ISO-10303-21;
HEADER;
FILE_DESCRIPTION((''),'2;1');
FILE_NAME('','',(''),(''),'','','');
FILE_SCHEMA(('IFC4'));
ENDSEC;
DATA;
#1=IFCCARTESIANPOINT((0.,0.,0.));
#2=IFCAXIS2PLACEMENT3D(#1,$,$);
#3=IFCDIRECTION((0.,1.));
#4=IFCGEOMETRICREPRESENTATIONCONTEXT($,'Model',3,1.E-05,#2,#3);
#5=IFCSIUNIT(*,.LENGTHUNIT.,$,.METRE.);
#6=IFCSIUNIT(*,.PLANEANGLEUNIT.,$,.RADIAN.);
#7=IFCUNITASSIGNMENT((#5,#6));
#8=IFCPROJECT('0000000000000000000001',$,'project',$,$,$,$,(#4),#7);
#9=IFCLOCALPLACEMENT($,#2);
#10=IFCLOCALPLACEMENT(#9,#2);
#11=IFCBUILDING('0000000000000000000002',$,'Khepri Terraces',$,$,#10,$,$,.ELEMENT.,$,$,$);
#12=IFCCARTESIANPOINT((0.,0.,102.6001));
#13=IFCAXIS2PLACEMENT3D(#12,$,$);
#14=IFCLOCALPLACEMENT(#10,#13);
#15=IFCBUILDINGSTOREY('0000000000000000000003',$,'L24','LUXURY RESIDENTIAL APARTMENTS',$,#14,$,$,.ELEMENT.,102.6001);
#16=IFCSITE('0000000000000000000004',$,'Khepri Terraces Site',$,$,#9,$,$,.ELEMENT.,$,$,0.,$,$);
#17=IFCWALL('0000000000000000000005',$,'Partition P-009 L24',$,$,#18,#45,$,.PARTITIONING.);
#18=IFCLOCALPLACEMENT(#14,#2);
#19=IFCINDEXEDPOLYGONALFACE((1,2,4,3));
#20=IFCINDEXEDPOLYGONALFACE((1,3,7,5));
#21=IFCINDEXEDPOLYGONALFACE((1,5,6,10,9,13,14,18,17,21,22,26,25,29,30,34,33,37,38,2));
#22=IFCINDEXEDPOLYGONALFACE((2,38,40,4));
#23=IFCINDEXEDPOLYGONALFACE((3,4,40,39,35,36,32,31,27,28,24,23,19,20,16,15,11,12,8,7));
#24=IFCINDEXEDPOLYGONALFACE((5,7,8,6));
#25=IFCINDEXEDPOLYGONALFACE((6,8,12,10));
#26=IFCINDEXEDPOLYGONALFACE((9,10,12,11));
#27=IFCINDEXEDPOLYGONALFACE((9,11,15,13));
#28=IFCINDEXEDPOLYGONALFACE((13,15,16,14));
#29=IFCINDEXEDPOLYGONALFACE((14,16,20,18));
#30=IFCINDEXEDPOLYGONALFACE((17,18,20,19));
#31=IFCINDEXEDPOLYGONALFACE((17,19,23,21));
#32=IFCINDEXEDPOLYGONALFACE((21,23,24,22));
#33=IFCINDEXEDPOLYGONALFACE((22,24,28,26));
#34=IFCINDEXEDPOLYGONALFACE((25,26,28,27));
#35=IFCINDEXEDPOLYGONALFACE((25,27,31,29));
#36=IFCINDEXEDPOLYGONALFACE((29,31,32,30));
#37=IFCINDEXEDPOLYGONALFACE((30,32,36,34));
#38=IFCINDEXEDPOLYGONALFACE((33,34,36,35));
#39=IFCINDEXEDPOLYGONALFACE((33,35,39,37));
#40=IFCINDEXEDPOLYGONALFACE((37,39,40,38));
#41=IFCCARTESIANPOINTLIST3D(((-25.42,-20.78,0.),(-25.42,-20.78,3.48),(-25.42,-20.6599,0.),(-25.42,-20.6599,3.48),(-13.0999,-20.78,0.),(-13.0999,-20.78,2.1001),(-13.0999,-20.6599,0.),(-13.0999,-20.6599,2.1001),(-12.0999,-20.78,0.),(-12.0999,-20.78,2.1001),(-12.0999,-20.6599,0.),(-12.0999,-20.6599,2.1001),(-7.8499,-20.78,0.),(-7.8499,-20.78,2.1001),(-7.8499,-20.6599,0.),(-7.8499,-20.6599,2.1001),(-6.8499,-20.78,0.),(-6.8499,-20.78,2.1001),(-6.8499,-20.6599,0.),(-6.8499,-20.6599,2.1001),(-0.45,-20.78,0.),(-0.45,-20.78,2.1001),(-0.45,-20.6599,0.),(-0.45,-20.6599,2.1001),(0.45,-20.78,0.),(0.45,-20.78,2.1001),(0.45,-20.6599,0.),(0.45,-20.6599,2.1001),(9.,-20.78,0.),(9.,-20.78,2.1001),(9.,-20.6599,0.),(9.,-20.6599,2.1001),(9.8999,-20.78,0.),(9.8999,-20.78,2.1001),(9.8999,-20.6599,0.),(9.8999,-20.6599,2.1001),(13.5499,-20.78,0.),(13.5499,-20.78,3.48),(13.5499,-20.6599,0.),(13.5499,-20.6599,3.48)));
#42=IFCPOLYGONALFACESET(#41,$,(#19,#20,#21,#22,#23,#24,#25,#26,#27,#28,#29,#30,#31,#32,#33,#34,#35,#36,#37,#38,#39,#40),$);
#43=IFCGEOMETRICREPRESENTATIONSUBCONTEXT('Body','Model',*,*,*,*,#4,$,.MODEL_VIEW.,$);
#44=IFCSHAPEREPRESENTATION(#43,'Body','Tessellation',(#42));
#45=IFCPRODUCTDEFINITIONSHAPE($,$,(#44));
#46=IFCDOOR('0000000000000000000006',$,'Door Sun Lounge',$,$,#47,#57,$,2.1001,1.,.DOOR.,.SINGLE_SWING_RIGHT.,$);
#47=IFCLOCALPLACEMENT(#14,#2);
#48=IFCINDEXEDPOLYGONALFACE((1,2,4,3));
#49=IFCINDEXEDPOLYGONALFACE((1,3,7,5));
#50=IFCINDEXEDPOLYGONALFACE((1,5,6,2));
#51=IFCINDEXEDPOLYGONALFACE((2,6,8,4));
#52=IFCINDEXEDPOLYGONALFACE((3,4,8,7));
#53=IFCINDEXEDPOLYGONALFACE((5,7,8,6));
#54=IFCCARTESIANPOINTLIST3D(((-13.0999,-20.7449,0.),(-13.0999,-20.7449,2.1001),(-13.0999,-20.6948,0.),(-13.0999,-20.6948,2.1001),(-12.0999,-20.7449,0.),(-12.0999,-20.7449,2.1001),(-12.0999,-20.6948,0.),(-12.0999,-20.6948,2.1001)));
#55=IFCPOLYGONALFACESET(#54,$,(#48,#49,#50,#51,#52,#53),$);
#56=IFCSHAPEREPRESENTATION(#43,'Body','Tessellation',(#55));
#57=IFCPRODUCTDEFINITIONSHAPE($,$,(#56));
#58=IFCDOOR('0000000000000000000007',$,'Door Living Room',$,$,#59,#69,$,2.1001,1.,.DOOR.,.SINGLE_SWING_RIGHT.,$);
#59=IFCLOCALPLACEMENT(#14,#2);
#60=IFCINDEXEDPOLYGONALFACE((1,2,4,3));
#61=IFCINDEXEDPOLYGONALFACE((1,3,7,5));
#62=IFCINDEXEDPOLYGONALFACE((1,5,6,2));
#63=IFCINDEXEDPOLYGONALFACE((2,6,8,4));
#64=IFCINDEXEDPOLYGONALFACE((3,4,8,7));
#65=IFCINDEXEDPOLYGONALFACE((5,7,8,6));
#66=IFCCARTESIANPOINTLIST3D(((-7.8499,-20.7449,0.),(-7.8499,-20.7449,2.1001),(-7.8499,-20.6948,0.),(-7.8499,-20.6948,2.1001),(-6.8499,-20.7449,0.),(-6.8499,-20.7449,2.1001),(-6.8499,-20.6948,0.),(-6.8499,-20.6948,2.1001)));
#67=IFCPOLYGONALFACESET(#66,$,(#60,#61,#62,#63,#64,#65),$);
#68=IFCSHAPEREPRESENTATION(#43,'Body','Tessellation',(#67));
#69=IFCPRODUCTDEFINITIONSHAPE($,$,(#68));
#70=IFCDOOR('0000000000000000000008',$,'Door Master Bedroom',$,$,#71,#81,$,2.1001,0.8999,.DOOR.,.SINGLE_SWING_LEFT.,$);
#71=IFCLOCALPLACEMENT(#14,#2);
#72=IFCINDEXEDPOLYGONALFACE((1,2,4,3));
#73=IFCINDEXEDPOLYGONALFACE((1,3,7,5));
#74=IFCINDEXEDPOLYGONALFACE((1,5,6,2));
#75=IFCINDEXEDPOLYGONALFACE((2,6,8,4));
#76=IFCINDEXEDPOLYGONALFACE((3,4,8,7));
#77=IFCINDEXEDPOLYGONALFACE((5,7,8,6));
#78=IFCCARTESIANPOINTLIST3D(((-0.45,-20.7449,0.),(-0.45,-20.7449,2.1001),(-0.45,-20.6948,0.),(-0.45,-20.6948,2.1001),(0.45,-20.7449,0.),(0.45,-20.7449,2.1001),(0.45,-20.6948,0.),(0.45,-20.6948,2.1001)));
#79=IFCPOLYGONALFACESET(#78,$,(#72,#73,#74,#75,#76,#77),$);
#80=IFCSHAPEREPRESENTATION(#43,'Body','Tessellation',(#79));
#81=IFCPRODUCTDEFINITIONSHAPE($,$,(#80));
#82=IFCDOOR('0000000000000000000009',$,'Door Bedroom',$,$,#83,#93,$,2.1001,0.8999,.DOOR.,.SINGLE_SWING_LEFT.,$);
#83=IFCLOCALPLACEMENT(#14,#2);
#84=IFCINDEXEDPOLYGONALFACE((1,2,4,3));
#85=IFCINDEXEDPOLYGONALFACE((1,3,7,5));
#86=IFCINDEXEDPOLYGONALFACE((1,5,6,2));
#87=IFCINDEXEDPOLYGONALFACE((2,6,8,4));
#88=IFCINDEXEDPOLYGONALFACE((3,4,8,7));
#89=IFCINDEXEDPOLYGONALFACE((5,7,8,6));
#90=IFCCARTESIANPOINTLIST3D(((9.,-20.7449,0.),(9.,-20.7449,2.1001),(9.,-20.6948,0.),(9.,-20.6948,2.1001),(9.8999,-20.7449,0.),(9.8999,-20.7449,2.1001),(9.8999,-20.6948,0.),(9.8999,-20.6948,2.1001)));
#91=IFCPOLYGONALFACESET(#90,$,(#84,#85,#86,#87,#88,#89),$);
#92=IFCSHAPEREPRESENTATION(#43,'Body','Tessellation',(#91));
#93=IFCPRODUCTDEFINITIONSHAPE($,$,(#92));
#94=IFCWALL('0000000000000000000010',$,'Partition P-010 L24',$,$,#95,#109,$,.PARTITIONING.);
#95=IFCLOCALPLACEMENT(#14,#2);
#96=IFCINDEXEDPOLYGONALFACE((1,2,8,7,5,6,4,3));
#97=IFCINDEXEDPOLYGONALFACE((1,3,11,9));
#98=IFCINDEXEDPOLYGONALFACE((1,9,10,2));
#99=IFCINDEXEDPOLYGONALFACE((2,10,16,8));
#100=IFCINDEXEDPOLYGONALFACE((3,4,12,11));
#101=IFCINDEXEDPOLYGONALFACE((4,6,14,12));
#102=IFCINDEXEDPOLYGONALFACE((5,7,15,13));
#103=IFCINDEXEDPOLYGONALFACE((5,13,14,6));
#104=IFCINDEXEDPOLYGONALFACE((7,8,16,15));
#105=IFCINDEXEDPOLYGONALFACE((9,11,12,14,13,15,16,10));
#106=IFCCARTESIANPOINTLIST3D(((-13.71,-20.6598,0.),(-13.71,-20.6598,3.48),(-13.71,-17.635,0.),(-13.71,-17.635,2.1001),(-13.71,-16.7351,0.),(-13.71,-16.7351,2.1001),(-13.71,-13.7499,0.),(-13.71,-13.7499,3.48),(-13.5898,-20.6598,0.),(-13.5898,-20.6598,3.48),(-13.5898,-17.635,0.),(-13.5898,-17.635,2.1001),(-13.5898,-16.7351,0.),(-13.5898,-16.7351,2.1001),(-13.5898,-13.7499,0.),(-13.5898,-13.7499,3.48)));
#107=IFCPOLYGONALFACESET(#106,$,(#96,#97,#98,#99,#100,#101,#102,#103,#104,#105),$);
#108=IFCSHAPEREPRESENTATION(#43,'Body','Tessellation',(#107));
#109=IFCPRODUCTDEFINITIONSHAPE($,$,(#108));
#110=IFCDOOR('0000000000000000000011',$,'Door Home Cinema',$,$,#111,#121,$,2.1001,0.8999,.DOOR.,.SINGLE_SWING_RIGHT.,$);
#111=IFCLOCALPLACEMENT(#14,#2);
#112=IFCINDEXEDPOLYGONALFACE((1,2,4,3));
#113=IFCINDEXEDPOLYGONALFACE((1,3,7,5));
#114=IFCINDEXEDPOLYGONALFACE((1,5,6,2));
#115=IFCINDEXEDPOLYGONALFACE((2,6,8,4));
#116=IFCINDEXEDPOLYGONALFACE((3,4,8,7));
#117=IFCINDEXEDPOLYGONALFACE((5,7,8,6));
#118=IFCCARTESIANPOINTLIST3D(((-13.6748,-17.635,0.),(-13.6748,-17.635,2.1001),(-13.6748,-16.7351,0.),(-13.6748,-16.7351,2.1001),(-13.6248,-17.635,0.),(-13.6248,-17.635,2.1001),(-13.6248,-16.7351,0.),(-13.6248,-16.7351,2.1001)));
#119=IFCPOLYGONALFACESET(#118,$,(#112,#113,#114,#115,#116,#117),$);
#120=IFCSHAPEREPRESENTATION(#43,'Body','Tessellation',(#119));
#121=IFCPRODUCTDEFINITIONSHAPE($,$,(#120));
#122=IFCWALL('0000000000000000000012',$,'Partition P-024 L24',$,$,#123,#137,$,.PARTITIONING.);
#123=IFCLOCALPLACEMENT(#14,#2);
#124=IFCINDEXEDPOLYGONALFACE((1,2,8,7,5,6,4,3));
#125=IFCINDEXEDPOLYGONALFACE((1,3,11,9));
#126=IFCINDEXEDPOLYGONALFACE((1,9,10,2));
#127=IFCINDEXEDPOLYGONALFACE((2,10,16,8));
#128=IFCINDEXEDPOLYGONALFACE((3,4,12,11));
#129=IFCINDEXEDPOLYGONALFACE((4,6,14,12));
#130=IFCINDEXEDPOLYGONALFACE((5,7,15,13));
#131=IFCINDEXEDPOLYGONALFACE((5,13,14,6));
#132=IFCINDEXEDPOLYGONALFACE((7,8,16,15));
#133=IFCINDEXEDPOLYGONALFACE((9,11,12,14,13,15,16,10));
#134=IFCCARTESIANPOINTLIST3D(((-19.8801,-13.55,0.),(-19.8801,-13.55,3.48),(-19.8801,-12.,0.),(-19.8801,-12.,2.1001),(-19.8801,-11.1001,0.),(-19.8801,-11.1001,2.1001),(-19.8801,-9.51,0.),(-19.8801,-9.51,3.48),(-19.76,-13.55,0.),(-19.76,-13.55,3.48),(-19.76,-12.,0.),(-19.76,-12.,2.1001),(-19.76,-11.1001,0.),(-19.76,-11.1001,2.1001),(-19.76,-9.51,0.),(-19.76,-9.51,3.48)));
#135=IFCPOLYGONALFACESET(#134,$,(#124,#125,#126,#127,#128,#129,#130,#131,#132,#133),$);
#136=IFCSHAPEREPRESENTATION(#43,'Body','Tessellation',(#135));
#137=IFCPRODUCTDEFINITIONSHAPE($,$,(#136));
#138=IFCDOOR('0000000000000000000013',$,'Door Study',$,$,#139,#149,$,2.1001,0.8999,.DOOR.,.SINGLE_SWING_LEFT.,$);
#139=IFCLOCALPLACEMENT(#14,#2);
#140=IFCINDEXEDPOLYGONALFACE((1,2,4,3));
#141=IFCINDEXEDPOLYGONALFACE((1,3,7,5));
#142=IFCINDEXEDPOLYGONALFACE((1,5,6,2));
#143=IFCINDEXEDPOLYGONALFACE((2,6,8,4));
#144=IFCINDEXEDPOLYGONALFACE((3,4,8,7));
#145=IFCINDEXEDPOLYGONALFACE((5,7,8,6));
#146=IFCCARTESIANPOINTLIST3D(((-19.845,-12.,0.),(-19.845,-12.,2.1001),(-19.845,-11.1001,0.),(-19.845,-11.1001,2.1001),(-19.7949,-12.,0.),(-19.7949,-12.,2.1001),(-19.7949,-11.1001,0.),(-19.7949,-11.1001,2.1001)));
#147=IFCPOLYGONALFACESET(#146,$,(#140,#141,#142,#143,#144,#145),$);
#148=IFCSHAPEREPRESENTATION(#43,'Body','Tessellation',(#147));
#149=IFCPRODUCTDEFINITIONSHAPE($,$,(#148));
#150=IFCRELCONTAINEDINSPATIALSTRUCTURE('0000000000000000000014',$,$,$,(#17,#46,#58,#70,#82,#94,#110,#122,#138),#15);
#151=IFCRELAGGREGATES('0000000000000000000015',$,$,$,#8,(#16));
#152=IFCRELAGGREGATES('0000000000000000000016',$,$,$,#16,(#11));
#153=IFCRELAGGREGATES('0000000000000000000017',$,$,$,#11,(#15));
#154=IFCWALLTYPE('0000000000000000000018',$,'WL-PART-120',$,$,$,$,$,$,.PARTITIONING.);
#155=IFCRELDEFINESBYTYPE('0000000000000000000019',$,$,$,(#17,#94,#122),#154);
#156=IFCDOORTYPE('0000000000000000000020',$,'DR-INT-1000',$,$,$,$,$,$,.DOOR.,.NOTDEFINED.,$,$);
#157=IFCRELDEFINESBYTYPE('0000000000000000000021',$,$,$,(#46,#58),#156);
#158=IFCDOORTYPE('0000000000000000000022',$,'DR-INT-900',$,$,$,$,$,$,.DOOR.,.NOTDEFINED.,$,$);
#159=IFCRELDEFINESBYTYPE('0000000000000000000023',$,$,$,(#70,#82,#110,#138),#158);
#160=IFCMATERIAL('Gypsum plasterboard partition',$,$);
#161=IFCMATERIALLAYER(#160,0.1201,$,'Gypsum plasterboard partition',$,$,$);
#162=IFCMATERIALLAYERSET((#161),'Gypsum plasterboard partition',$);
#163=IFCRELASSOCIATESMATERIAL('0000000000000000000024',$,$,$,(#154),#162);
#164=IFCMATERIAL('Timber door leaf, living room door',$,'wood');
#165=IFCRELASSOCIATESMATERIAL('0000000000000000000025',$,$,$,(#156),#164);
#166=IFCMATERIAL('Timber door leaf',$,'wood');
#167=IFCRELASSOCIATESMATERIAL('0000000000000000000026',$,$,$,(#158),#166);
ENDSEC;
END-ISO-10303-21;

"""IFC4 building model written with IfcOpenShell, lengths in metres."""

from ifc_helpers import new_model, si_unit, direction, frame, frame_2d, origin, place, context, subcontext, project, spatial, rectangle, extrude, material, layer, layer_set, type_object, element, fill, save


model = new_model("IFC4")

# Units and contexts
model_context = context("Model", 3, precision=1e-05, world=origin(), true_north=direction((0.0, 1.0)))
body_context = subcontext(model_context, "Body", "Model", "MODEL_VIEW")
ifc_project = project(units=[si_unit("LENGTHUNIT", "METRE"), si_unit("PLANEANGLEUNIT", "RADIAN")], contexts=[model_context])

# Site, building, storey
site_placement = place(None, origin())
site = spatial("IfcSite", under=ifc_project, at=site_placement, Name="Khepri Terraces Site", CompositionType="ELEMENT", RefElevation=0.0)
building_placement = place(site_placement, origin())
building = spatial("IfcBuilding", under=site, at=building_placement, Name="Khepri Terraces", CompositionType="ELEMENT")
storey_placement = place(building_placement, frame((0.0, 0.0, 102.6001)))
storey = spatial("IfcBuildingStorey", under=building, at=storey_placement, Name="L24", Description="LUXURY RESIDENTIAL APARTMENTS", CompositionType="ELEMENT", Elevation=102.6001)

# Wall, openings, doors
ifc_material_1 = material(Name="Gypsum plasterboard partition")
ifc_layer_1 = layer(ifc_material_1, 0.1201, Name="Gypsum plasterboard partition")
ifc_layer_set_1 = layer_set([ifc_layer_1], Name="Gypsum plasterboard partition")
wall_type_1 = type_object("IfcWallType", Name="WL-PART-120", PredefinedType="PARTITIONING", material=ifc_layer_set_1)
wall_1_placement = place(storey_placement, frame((-25.4199, -20.72, 0.0), z_axis=(0.0, 0.0, 1.0), x_axis=(1.0, 0.0, 0.0)))
wall_1 = element("IfcWall", 1, at=wall_1_placement, inside=storey, type_object=wall_type_1, Name="Partition P-009 L24", PredefinedType="PARTITIONING", context=body_context, shape_type="SweptSolid", body=[
    extrude(rectangle(XDim=38.97, YDim=0.1201, at=frame_2d((19.4849, 0.0))), origin(), (0.0, 0.0, 1.0), 3.48),
])
opening_1_placement = place(wall_1_placement, frame((12.3201, 0.0, 0.0)))
opening_1 = element("IfcOpeningElement", 2, at=opening_1_placement, cuts=wall_1, PredefinedType="OPENING", context=body_context, shape_type="SweptSolid", body=[
    extrude(rectangle(XDim=1.0, YDim=2.1001, at=frame_2d((0.5, 1.05))), frame((0.0, 0.0701, 0.0), z_axis=(0.0, -1.0, 0.0), x_axis=(1.0, 0.0, 0.0)), (0.0, 0.0, 1.0), 0.1401),
])
opening_2_placement = place(wall_1_placement, frame((17.5701, 0.0, 0.0)))
opening_2 = element("IfcOpeningElement", 3, at=opening_2_placement, cuts=wall_1, PredefinedType="OPENING", context=body_context, shape_type="SweptSolid", body=[
    extrude(rectangle(XDim=1.0, YDim=2.1001, at=frame_2d((0.5, 1.05))), frame((0.0, 0.0701, 0.0), z_axis=(0.0, -1.0, 0.0), x_axis=(1.0, 0.0, 0.0)), (0.0, 0.0, 1.0), 0.1401),
])
opening_3_placement = place(wall_1_placement, frame((24.97, 0.0, 0.0)))
opening_3 = element("IfcOpeningElement", 4, at=opening_3_placement, cuts=wall_1, PredefinedType="OPENING", context=body_context, shape_type="SweptSolid", body=[
    extrude(rectangle(XDim=0.8999, YDim=2.1001, at=frame_2d((0.45, 1.05))), frame((0.0, 0.0701, 0.0), z_axis=(0.0, -1.0, 0.0), x_axis=(1.0, 0.0, 0.0)), (0.0, 0.0, 1.0), 0.1401),
])
opening_4_placement = place(wall_1_placement, frame((34.4199, 0.0, 0.0)))
opening_4 = element("IfcOpeningElement", 5, at=opening_4_placement, cuts=wall_1, PredefinedType="OPENING", context=body_context, shape_type="SweptSolid", body=[
    extrude(rectangle(XDim=0.8999, YDim=2.1001, at=frame_2d((0.45, 1.05))), frame((0.0, 0.0701, 0.0), z_axis=(0.0, -1.0, 0.0), x_axis=(1.0, 0.0, 0.0)), (0.0, 0.0, 1.0), 0.1401),
])
ifc_material_2 = material(Name="Timber door leaf, living room door", Category="wood")
door_type_1 = type_object("IfcDoorType", Name="DR-INT-1000", OperationType="NOTDEFINED", PredefinedType="DOOR", material=ifc_material_2)
door_1_placement = place(opening_1_placement, frame((1.0, 0.0, 0.0), z_axis=(0.0, 0.0, 1.0), x_axis=(-1.0, 0.0, 0.0)))
door_1 = element("IfcDoor", 6, at=door_1_placement, inside=storey, type_object=door_type_1, Name="Door Sun Lounge", OperationType="SINGLE_SWING_RIGHT", OverallHeight=2.1001, OverallWidth=1.0, PredefinedType="DOOR", context=body_context, shape_type="SweptSolid", body=[
    extrude(rectangle(XDim=1.0, YDim=2.1001, at=frame_2d((0.5, 1.05))), frame((0.0, 0.0249, 0.0), z_axis=(0.0, -1.0, 0.0), x_axis=(1.0, 0.0, 0.0)), (0.0, 0.0, 1.0), 0.05),
])
fill(opening_1, door_1)
door_2_placement = place(opening_2_placement, frame((1.0, 0.0, 0.0), z_axis=(0.0, 0.0, 1.0), x_axis=(-1.0, 0.0, 0.0)))
door_2 = element("IfcDoor", 7, at=door_2_placement, inside=storey, type_object=door_type_1, Name="Door Living Room", OperationType="SINGLE_SWING_RIGHT", OverallHeight=2.1001, OverallWidth=1.0, PredefinedType="DOOR", context=body_context, shape_type="SweptSolid", body=[
    extrude(rectangle(XDim=1.0, YDim=2.1001, at=frame_2d((0.5, 1.05))), frame((0.0, 0.0249, 0.0), z_axis=(0.0, -1.0, 0.0), x_axis=(1.0, 0.0, 0.0)), (0.0, 0.0, 1.0), 0.05),
])
fill(opening_2, door_2)
ifc_material_3 = material(Name="Timber door leaf", Category="wood")
door_type_2 = type_object("IfcDoorType", Name="DR-INT-900", OperationType="NOTDEFINED", PredefinedType="DOOR", material=ifc_material_3)
door_3_placement = place(opening_3_placement, frame((0.8999, 0.0, 0.0), z_axis=(0.0, 0.0, 1.0), x_axis=(-1.0, 0.0, 0.0)))
door_3 = element("IfcDoor", 8, at=door_3_placement, inside=storey, type_object=door_type_2, Name="Door Master Bedroom", OperationType="SINGLE_SWING_LEFT", OverallHeight=2.1001, OverallWidth=0.8999, PredefinedType="DOOR", context=body_context, shape_type="SweptSolid", body=[
    extrude(rectangle(XDim=0.8999, YDim=2.1001, at=frame_2d((0.45, 1.05))), frame((0.0, 0.0249, 0.0), z_axis=(0.0, -1.0, 0.0), x_axis=(1.0, 0.0, 0.0)), (0.0, 0.0, 1.0), 0.05),
])
fill(opening_3, door_3)
door_4_placement = place(opening_4_placement, frame((0.8999, 0.0, 0.0), z_axis=(0.0, 0.0, 1.0), x_axis=(-1.0, 0.0, 0.0)))
door_4 = element("IfcDoor", 9, at=door_4_placement, inside=storey, type_object=door_type_2, Name="Door Bedroom", OperationType="SINGLE_SWING_LEFT", OverallHeight=2.1001, OverallWidth=0.8999, PredefinedType="DOOR", context=body_context, shape_type="SweptSolid", body=[
    extrude(rectangle(XDim=0.8999, YDim=2.1001, at=frame_2d((0.45, 1.05))), frame((0.0, 0.0249, 0.0), z_axis=(0.0, -1.0, 0.0), x_axis=(1.0, 0.0, 0.0)), (0.0, 0.0, 1.0), 0.05),
])
fill(opening_4, door_4)

# Walls, openings, doors
wall_2_placement = place(storey_placement, frame((-13.6499, -20.6599, 0.0), z_axis=(0.0, 0.0, 1.0), x_axis=(0.0, 1.0, 0.0)))
wall_2 = element("IfcWall", 10, at=wall_2_placement, inside=storey, type_object=wall_type_1, Name="Partition P-010 L24", PredefinedType="PARTITIONING", context=body_context, shape_type="SweptSolid", body=[
    extrude(rectangle(XDim=6.9099, YDim=0.1201, at=frame_2d((3.4551, 0.0))), origin(), (0.0, 0.0, 1.0), 3.48),
])
opening_5_placement = place(wall_2_placement, frame((3.0249, 0.0, 0.0)))
opening_5 = element("IfcOpeningElement", 11, at=opening_5_placement, cuts=wall_2, PredefinedType="OPENING", context=body_context, shape_type="SweptSolid", body=[
    extrude(rectangle(XDim=0.8999, YDim=2.1001, at=frame_2d((0.45, 1.05))), frame((0.0, 0.0701, 0.0), z_axis=(0.0, -1.0, 0.0), x_axis=(1.0, 0.0, 0.0)), (0.0, 0.0, 1.0), 0.1401),
])
door_5_placement = place(opening_5_placement, origin())
door_5 = element("IfcDoor", 12, at=door_5_placement, inside=storey, type_object=door_type_2, Name="Door Home Cinema", OperationType="SINGLE_SWING_RIGHT", OverallHeight=2.1001, OverallWidth=0.8999, PredefinedType="DOOR", context=body_context, shape_type="SweptSolid", body=[
    extrude(rectangle(XDim=0.8999, YDim=2.1001, at=frame_2d((0.45, 1.05))), frame((0.0, 0.0249, 0.0), z_axis=(0.0, -1.0, 0.0), x_axis=(1.0, 0.0, 0.0)), (0.0, 0.0, 1.0), 0.05),
])
fill(opening_5, door_5)
wall_3_placement = place(storey_placement, frame((-19.8201, -13.55, 0.0), z_axis=(0.0, 0.0, 1.0), x_axis=(0.0, 1.0, 0.0)))
wall_3 = element("IfcWall", 13, at=wall_3_placement, inside=storey, type_object=wall_type_1, Name="Partition P-024 L24", PredefinedType="PARTITIONING", context=body_context, shape_type="SweptSolid", body=[
    extrude(rectangle(XDim=4.04, YDim=0.1201, at=frame_2d((2.02, 0.0))), origin(), (0.0, 0.0, 1.0), 3.48),
])
opening_6_placement = place(wall_3_placement, frame((1.55, 0.0, 0.0)))
opening_6 = element("IfcOpeningElement", 14, at=opening_6_placement, cuts=wall_3, PredefinedType="OPENING", context=body_context, shape_type="SweptSolid", body=[
    extrude(rectangle(XDim=0.8999, YDim=2.1001, at=frame_2d((0.45, 1.05))), frame((0.0, 0.0701, 0.0), z_axis=(0.0, -1.0, 0.0), x_axis=(1.0, 0.0, 0.0)), (0.0, 0.0, 1.0), 0.1401),
])
door_6_placement = place(opening_6_placement, origin())
door_6 = element("IfcDoor", 15, at=door_6_placement, inside=storey, type_object=door_type_2, Name="Door Study", OperationType="SINGLE_SWING_LEFT", OverallHeight=2.1001, OverallWidth=0.8999, PredefinedType="DOOR", context=body_context, shape_type="SweptSolid", body=[
    extrude(rectangle(XDim=0.8999, YDim=2.1001, at=frame_2d((0.45, 1.05))), frame((0.0, 0.0249, 0.0), z_axis=(0.0, -1.0, 0.0), x_axis=(1.0, 0.0, 0.0)), (0.0, 0.0, 1.0), 0.05),
])
fill(opening_6, door_6)

save(model, "model.ifc")
